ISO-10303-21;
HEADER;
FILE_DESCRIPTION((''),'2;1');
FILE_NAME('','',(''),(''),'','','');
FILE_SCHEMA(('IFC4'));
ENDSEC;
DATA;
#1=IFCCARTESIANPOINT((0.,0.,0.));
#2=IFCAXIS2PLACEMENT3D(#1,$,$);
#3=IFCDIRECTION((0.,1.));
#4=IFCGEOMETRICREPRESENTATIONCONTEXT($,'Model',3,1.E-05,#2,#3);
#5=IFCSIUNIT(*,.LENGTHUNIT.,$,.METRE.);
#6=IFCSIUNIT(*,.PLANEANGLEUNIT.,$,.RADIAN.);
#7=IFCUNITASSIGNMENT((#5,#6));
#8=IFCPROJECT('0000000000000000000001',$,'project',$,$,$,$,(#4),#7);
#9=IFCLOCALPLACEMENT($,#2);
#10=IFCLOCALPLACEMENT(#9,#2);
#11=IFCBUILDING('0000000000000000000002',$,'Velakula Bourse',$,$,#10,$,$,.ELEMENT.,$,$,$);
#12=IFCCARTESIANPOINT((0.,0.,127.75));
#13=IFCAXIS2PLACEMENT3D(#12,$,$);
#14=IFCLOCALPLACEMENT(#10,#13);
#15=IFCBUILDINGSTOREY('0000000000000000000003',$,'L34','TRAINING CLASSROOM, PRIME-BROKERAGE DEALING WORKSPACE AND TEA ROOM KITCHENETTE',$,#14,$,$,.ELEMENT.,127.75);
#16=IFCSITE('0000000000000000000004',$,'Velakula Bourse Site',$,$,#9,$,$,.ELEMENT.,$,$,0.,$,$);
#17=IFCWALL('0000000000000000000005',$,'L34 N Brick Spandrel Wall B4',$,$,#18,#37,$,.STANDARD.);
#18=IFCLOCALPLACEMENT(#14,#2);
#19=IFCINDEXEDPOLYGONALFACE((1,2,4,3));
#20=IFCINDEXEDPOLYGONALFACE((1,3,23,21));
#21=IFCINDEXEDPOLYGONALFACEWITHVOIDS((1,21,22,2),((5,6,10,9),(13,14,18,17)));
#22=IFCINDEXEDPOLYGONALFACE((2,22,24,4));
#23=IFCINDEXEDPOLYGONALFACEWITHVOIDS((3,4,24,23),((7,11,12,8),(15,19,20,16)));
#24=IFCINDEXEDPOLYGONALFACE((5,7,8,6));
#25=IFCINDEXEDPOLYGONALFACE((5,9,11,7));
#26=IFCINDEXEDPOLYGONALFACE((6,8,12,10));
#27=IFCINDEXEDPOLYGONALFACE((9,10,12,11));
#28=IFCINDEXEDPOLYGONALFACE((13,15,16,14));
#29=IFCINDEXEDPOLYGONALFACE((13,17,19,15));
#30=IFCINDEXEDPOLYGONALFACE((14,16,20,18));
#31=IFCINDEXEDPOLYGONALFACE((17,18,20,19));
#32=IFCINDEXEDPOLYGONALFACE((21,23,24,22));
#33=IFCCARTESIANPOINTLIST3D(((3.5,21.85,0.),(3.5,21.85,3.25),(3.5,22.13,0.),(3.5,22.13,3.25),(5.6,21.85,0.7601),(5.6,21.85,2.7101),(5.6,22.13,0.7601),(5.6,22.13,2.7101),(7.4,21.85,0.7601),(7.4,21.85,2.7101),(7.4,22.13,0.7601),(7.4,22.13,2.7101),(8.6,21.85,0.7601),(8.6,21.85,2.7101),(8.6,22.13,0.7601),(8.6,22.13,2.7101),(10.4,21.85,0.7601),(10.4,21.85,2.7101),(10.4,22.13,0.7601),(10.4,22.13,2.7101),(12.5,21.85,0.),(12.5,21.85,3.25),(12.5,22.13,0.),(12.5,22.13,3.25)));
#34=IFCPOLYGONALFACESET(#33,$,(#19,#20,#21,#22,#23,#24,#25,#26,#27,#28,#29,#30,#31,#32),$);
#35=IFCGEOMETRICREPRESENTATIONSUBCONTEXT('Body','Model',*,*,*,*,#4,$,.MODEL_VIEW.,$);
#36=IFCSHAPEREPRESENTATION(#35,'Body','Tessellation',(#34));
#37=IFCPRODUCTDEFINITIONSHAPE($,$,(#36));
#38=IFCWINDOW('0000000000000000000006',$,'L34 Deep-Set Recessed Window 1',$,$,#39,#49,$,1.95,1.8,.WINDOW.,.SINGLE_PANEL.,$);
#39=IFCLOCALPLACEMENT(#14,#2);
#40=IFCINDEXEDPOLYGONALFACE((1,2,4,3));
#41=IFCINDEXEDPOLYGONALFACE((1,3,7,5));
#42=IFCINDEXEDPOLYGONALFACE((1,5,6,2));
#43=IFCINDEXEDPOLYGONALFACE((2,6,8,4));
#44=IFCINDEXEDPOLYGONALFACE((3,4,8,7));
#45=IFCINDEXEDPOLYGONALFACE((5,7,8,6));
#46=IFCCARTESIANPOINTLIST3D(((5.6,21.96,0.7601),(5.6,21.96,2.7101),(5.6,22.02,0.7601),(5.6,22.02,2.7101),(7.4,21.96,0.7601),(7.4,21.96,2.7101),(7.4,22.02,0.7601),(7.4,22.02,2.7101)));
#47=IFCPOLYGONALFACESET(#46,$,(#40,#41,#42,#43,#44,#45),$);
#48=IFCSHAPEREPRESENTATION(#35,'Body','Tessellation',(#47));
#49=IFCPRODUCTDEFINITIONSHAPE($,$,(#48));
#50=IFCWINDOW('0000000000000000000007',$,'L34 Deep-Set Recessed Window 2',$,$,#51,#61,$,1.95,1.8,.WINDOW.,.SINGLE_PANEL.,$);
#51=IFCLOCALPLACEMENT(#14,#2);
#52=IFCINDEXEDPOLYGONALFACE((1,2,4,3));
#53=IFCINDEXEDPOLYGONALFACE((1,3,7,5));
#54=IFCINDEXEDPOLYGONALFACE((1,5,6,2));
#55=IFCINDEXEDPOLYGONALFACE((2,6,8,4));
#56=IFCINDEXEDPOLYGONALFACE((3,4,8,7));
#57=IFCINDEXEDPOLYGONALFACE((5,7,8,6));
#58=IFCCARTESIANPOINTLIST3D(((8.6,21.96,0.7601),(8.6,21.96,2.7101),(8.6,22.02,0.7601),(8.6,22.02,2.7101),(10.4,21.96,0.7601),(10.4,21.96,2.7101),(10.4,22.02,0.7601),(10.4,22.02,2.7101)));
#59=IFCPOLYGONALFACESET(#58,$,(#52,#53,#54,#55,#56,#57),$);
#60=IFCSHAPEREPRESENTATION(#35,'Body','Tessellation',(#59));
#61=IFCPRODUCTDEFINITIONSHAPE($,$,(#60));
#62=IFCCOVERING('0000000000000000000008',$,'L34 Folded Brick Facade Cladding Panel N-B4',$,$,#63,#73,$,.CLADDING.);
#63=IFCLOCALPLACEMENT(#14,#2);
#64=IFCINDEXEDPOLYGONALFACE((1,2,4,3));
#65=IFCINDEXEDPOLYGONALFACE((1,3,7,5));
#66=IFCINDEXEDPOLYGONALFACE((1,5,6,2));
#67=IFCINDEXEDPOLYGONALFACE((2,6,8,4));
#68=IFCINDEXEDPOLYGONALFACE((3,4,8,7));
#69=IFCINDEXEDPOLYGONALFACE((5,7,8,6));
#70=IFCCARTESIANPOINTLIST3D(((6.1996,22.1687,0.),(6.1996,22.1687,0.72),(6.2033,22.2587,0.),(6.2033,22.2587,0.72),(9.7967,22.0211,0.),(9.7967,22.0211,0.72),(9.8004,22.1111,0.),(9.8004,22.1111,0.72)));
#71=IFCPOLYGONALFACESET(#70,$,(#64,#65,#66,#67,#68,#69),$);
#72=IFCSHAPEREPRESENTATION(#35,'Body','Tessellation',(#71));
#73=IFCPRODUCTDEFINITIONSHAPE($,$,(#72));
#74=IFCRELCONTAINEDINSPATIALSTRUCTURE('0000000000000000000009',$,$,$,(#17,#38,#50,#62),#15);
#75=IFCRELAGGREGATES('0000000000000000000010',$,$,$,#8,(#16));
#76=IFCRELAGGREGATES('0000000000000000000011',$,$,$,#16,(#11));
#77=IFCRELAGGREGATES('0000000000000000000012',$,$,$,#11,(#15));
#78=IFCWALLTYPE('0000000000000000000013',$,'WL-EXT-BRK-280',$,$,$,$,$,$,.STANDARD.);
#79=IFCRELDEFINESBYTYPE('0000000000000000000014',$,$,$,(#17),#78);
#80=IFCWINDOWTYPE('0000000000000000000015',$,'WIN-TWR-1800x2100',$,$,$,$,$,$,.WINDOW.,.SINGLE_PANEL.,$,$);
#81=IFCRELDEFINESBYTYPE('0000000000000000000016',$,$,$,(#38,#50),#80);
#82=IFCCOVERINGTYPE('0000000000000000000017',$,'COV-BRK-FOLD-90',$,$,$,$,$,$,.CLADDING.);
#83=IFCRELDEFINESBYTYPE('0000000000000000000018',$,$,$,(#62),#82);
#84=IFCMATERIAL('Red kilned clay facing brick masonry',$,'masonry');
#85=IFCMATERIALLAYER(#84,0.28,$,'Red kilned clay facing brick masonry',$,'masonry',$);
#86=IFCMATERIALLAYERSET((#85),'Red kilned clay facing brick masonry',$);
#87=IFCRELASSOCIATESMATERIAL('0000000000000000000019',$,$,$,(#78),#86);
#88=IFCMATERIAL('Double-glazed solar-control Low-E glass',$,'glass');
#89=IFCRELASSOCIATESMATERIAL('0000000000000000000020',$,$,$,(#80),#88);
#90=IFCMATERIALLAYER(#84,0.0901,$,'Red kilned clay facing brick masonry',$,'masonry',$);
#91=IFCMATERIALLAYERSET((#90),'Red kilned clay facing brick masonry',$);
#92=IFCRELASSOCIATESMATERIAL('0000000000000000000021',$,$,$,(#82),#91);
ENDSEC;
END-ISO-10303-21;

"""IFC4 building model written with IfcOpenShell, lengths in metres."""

from ifc_helpers import new_model, si_unit, direction, frame, frame_2d, origin, origin_2d, place, context, subcontext, project, spatial, rectangle, extrude, material, layer, layer_set, type_object, element, fill, save


model = new_model("IFC4")

# Units and contexts
model_context = context("Model", 3, precision=1e-05, world=origin(), true_north=direction((0.0, 1.0)))
body_context = subcontext(model_context, "Body", "Model", "MODEL_VIEW")
ifc_project = project(units=[si_unit("LENGTHUNIT", "METRE"), si_unit("PLANEANGLEUNIT", "RADIAN")], contexts=[model_context])

# Site, building, storey
site_placement = place(None, origin())
site = spatial("IfcSite", under=ifc_project, at=site_placement, Name="Velakula Bourse Site", CompositionType="ELEMENT", RefElevation=0.0)
building_placement = place(site_placement, origin())
building = spatial("IfcBuilding", under=site, at=building_placement, Name="Velakula Bourse", CompositionType="ELEMENT")
storey_placement = place(building_placement, frame((0.0, 0.0, 127.75)))
storey = spatial("IfcBuildingStorey", under=building, at=storey_placement, Name="L34", Description="TRAINING CLASSROOM, PRIME-BROKERAGE DEALING WORKSPACE AND TEA ROOM KITCHENETTE", CompositionType="ELEMENT", Elevation=127.75)

# Wall, openings, windows
ifc_material_1 = material(Name="Red kilned clay facing brick masonry", Category="masonry")
ifc_layer_1 = layer(ifc_material_1, 0.28, Name="Red kilned clay facing brick masonry", Category="masonry")
ifc_layer_set_1 = layer_set([ifc_layer_1], Name="Red kilned clay facing brick masonry")
wall_type_1 = type_object("IfcWallType", Name="WL-EXT-BRK-280", PredefinedType="STANDARD", material=ifc_layer_set_1)
ifc_material_2 = material(Name="Double-glazed solar-control Low-E glass", Category="glass")
window_type = type_object("IfcWindowType", Name="WIN-TWR-1800x2100", PartitioningType="SINGLE_PANEL", PredefinedType="WINDOW", material=ifc_material_2)
wall_1_placement = place(storey_placement, frame((3.5, 21.99, 0.0), z_axis=(0.0, 0.0, 1.0), x_axis=(1.0, 0.0, 0.0)))
wall_1 = element("IfcWall", 1, at=wall_1_placement, inside=storey, type_object=wall_type_1, Name="L34 N Brick Spandrel Wall B4", PredefinedType="STANDARD", context=body_context, shape_type="SweptSolid", body=[
    extrude(rectangle(XDim=9.0, YDim=0.28, at=frame_2d((4.5, 0.0))), origin(), (0.0, 0.0, 1.0), 3.25),
])
opening_1_placement = place(wall_1_placement, frame((2.1001, 0.0, 0.76)))
opening_1 = element("IfcOpeningElement", 2, at=opening_1_placement, cuts=wall_1, PredefinedType="OPENING", context=body_context, shape_type="SweptSolid", body=[
    extrude(rectangle(XDim=1.8, YDim=1.95, at=frame_2d((0.8999, 0.9751))), frame((0.0, 0.1499, 0.0), z_axis=(0.0, -1.0, 0.0), x_axis=(1.0, 0.0, 0.0)), (0.0, 0.0, 1.0), 0.3),
])
opening_2_placement = place(wall_1_placement, frame((5.1001, 0.0, 0.76)))
opening_2 = element("IfcOpeningElement", 3, at=opening_2_placement, cuts=wall_1, PredefinedType="OPENING", context=body_context, shape_type="SweptSolid", body=[
    extrude(rectangle(XDim=1.8, YDim=1.95, at=frame_2d((0.8999, 0.9751))), frame((0.0, 0.1499, 0.0), z_axis=(0.0, -1.0, 0.0), x_axis=(1.0, 0.0, 0.0)), (0.0, 0.0, 1.0), 0.3),
])
window_1_placement = place(opening_1_placement, origin())
window_1 = element("IfcWindow", 4, at=window_1_placement, inside=storey, type_object=window_type, Name="L34 Deep-Set Recessed Window 1", OverallHeight=1.95, OverallWidth=1.8, PartitioningType="SINGLE_PANEL", PredefinedType="WINDOW", context=body_context, shape_type="SweptSolid", body=[
    extrude(rectangle(XDim=1.8, YDim=1.95, at=frame_2d((0.8999, 0.9751))), frame((0.0, 0.03, 0.0), z_axis=(0.0, -1.0, 0.0), x_axis=(1.0, 0.0, 0.0)), (0.0, 0.0, 1.0), 0.0601),
])
fill(opening_1, window_1)
window_2_placement = place(opening_2_placement, origin())
window_2 = element("IfcWindow", 5, at=window_2_placement, inside=storey, type_object=window_type, Name="L34 Deep-Set Recessed Window 2", OverallHeight=1.95, OverallWidth=1.8, PartitioningType="SINGLE_PANEL", PredefinedType="WINDOW", context=body_context, shape_type="SweptSolid", body=[
    extrude(rectangle(XDim=1.8, YDim=1.95, at=frame_2d((0.8999, 0.9751))), frame((0.0, 0.03, 0.0), z_axis=(0.0, -1.0, 0.0), x_axis=(1.0, 0.0, 0.0)), (0.0, 0.0, 1.0), 0.0601),
])
fill(opening_2, window_2)

# Covering
ifc_layer_2 = layer(ifc_material_1, 0.0901, Name="Red kilned clay facing brick masonry", Category="masonry")
ifc_layer_set_2 = layer_set([ifc_layer_2], Name="Red kilned clay facing brick masonry")
covering_type = type_object("IfcCoveringType", Name="COV-BRK-FOLD-90", PredefinedType="CLADDING", material=ifc_layer_set_2)
covering_placement = place(storey_placement, frame((8.0, 22.1399, 0.0), z_axis=(0.0, 0.0, 1.0), x_axis=(0.999159, -0.041004, 0.0)))
element("IfcCovering", 6, at=covering_placement, inside=storey, type_object=covering_type, Name="L34 Folded Brick Facade Cladding Panel N-B4", PredefinedType="CLADDING", context=body_context, shape_type="SweptSolid", body=[
    extrude(rectangle(XDim=3.6001, YDim=0.0901, at=origin_2d()), origin(), (0.0, 0.0, 1.0), 0.72),
])

save(model, "model.ifc")
